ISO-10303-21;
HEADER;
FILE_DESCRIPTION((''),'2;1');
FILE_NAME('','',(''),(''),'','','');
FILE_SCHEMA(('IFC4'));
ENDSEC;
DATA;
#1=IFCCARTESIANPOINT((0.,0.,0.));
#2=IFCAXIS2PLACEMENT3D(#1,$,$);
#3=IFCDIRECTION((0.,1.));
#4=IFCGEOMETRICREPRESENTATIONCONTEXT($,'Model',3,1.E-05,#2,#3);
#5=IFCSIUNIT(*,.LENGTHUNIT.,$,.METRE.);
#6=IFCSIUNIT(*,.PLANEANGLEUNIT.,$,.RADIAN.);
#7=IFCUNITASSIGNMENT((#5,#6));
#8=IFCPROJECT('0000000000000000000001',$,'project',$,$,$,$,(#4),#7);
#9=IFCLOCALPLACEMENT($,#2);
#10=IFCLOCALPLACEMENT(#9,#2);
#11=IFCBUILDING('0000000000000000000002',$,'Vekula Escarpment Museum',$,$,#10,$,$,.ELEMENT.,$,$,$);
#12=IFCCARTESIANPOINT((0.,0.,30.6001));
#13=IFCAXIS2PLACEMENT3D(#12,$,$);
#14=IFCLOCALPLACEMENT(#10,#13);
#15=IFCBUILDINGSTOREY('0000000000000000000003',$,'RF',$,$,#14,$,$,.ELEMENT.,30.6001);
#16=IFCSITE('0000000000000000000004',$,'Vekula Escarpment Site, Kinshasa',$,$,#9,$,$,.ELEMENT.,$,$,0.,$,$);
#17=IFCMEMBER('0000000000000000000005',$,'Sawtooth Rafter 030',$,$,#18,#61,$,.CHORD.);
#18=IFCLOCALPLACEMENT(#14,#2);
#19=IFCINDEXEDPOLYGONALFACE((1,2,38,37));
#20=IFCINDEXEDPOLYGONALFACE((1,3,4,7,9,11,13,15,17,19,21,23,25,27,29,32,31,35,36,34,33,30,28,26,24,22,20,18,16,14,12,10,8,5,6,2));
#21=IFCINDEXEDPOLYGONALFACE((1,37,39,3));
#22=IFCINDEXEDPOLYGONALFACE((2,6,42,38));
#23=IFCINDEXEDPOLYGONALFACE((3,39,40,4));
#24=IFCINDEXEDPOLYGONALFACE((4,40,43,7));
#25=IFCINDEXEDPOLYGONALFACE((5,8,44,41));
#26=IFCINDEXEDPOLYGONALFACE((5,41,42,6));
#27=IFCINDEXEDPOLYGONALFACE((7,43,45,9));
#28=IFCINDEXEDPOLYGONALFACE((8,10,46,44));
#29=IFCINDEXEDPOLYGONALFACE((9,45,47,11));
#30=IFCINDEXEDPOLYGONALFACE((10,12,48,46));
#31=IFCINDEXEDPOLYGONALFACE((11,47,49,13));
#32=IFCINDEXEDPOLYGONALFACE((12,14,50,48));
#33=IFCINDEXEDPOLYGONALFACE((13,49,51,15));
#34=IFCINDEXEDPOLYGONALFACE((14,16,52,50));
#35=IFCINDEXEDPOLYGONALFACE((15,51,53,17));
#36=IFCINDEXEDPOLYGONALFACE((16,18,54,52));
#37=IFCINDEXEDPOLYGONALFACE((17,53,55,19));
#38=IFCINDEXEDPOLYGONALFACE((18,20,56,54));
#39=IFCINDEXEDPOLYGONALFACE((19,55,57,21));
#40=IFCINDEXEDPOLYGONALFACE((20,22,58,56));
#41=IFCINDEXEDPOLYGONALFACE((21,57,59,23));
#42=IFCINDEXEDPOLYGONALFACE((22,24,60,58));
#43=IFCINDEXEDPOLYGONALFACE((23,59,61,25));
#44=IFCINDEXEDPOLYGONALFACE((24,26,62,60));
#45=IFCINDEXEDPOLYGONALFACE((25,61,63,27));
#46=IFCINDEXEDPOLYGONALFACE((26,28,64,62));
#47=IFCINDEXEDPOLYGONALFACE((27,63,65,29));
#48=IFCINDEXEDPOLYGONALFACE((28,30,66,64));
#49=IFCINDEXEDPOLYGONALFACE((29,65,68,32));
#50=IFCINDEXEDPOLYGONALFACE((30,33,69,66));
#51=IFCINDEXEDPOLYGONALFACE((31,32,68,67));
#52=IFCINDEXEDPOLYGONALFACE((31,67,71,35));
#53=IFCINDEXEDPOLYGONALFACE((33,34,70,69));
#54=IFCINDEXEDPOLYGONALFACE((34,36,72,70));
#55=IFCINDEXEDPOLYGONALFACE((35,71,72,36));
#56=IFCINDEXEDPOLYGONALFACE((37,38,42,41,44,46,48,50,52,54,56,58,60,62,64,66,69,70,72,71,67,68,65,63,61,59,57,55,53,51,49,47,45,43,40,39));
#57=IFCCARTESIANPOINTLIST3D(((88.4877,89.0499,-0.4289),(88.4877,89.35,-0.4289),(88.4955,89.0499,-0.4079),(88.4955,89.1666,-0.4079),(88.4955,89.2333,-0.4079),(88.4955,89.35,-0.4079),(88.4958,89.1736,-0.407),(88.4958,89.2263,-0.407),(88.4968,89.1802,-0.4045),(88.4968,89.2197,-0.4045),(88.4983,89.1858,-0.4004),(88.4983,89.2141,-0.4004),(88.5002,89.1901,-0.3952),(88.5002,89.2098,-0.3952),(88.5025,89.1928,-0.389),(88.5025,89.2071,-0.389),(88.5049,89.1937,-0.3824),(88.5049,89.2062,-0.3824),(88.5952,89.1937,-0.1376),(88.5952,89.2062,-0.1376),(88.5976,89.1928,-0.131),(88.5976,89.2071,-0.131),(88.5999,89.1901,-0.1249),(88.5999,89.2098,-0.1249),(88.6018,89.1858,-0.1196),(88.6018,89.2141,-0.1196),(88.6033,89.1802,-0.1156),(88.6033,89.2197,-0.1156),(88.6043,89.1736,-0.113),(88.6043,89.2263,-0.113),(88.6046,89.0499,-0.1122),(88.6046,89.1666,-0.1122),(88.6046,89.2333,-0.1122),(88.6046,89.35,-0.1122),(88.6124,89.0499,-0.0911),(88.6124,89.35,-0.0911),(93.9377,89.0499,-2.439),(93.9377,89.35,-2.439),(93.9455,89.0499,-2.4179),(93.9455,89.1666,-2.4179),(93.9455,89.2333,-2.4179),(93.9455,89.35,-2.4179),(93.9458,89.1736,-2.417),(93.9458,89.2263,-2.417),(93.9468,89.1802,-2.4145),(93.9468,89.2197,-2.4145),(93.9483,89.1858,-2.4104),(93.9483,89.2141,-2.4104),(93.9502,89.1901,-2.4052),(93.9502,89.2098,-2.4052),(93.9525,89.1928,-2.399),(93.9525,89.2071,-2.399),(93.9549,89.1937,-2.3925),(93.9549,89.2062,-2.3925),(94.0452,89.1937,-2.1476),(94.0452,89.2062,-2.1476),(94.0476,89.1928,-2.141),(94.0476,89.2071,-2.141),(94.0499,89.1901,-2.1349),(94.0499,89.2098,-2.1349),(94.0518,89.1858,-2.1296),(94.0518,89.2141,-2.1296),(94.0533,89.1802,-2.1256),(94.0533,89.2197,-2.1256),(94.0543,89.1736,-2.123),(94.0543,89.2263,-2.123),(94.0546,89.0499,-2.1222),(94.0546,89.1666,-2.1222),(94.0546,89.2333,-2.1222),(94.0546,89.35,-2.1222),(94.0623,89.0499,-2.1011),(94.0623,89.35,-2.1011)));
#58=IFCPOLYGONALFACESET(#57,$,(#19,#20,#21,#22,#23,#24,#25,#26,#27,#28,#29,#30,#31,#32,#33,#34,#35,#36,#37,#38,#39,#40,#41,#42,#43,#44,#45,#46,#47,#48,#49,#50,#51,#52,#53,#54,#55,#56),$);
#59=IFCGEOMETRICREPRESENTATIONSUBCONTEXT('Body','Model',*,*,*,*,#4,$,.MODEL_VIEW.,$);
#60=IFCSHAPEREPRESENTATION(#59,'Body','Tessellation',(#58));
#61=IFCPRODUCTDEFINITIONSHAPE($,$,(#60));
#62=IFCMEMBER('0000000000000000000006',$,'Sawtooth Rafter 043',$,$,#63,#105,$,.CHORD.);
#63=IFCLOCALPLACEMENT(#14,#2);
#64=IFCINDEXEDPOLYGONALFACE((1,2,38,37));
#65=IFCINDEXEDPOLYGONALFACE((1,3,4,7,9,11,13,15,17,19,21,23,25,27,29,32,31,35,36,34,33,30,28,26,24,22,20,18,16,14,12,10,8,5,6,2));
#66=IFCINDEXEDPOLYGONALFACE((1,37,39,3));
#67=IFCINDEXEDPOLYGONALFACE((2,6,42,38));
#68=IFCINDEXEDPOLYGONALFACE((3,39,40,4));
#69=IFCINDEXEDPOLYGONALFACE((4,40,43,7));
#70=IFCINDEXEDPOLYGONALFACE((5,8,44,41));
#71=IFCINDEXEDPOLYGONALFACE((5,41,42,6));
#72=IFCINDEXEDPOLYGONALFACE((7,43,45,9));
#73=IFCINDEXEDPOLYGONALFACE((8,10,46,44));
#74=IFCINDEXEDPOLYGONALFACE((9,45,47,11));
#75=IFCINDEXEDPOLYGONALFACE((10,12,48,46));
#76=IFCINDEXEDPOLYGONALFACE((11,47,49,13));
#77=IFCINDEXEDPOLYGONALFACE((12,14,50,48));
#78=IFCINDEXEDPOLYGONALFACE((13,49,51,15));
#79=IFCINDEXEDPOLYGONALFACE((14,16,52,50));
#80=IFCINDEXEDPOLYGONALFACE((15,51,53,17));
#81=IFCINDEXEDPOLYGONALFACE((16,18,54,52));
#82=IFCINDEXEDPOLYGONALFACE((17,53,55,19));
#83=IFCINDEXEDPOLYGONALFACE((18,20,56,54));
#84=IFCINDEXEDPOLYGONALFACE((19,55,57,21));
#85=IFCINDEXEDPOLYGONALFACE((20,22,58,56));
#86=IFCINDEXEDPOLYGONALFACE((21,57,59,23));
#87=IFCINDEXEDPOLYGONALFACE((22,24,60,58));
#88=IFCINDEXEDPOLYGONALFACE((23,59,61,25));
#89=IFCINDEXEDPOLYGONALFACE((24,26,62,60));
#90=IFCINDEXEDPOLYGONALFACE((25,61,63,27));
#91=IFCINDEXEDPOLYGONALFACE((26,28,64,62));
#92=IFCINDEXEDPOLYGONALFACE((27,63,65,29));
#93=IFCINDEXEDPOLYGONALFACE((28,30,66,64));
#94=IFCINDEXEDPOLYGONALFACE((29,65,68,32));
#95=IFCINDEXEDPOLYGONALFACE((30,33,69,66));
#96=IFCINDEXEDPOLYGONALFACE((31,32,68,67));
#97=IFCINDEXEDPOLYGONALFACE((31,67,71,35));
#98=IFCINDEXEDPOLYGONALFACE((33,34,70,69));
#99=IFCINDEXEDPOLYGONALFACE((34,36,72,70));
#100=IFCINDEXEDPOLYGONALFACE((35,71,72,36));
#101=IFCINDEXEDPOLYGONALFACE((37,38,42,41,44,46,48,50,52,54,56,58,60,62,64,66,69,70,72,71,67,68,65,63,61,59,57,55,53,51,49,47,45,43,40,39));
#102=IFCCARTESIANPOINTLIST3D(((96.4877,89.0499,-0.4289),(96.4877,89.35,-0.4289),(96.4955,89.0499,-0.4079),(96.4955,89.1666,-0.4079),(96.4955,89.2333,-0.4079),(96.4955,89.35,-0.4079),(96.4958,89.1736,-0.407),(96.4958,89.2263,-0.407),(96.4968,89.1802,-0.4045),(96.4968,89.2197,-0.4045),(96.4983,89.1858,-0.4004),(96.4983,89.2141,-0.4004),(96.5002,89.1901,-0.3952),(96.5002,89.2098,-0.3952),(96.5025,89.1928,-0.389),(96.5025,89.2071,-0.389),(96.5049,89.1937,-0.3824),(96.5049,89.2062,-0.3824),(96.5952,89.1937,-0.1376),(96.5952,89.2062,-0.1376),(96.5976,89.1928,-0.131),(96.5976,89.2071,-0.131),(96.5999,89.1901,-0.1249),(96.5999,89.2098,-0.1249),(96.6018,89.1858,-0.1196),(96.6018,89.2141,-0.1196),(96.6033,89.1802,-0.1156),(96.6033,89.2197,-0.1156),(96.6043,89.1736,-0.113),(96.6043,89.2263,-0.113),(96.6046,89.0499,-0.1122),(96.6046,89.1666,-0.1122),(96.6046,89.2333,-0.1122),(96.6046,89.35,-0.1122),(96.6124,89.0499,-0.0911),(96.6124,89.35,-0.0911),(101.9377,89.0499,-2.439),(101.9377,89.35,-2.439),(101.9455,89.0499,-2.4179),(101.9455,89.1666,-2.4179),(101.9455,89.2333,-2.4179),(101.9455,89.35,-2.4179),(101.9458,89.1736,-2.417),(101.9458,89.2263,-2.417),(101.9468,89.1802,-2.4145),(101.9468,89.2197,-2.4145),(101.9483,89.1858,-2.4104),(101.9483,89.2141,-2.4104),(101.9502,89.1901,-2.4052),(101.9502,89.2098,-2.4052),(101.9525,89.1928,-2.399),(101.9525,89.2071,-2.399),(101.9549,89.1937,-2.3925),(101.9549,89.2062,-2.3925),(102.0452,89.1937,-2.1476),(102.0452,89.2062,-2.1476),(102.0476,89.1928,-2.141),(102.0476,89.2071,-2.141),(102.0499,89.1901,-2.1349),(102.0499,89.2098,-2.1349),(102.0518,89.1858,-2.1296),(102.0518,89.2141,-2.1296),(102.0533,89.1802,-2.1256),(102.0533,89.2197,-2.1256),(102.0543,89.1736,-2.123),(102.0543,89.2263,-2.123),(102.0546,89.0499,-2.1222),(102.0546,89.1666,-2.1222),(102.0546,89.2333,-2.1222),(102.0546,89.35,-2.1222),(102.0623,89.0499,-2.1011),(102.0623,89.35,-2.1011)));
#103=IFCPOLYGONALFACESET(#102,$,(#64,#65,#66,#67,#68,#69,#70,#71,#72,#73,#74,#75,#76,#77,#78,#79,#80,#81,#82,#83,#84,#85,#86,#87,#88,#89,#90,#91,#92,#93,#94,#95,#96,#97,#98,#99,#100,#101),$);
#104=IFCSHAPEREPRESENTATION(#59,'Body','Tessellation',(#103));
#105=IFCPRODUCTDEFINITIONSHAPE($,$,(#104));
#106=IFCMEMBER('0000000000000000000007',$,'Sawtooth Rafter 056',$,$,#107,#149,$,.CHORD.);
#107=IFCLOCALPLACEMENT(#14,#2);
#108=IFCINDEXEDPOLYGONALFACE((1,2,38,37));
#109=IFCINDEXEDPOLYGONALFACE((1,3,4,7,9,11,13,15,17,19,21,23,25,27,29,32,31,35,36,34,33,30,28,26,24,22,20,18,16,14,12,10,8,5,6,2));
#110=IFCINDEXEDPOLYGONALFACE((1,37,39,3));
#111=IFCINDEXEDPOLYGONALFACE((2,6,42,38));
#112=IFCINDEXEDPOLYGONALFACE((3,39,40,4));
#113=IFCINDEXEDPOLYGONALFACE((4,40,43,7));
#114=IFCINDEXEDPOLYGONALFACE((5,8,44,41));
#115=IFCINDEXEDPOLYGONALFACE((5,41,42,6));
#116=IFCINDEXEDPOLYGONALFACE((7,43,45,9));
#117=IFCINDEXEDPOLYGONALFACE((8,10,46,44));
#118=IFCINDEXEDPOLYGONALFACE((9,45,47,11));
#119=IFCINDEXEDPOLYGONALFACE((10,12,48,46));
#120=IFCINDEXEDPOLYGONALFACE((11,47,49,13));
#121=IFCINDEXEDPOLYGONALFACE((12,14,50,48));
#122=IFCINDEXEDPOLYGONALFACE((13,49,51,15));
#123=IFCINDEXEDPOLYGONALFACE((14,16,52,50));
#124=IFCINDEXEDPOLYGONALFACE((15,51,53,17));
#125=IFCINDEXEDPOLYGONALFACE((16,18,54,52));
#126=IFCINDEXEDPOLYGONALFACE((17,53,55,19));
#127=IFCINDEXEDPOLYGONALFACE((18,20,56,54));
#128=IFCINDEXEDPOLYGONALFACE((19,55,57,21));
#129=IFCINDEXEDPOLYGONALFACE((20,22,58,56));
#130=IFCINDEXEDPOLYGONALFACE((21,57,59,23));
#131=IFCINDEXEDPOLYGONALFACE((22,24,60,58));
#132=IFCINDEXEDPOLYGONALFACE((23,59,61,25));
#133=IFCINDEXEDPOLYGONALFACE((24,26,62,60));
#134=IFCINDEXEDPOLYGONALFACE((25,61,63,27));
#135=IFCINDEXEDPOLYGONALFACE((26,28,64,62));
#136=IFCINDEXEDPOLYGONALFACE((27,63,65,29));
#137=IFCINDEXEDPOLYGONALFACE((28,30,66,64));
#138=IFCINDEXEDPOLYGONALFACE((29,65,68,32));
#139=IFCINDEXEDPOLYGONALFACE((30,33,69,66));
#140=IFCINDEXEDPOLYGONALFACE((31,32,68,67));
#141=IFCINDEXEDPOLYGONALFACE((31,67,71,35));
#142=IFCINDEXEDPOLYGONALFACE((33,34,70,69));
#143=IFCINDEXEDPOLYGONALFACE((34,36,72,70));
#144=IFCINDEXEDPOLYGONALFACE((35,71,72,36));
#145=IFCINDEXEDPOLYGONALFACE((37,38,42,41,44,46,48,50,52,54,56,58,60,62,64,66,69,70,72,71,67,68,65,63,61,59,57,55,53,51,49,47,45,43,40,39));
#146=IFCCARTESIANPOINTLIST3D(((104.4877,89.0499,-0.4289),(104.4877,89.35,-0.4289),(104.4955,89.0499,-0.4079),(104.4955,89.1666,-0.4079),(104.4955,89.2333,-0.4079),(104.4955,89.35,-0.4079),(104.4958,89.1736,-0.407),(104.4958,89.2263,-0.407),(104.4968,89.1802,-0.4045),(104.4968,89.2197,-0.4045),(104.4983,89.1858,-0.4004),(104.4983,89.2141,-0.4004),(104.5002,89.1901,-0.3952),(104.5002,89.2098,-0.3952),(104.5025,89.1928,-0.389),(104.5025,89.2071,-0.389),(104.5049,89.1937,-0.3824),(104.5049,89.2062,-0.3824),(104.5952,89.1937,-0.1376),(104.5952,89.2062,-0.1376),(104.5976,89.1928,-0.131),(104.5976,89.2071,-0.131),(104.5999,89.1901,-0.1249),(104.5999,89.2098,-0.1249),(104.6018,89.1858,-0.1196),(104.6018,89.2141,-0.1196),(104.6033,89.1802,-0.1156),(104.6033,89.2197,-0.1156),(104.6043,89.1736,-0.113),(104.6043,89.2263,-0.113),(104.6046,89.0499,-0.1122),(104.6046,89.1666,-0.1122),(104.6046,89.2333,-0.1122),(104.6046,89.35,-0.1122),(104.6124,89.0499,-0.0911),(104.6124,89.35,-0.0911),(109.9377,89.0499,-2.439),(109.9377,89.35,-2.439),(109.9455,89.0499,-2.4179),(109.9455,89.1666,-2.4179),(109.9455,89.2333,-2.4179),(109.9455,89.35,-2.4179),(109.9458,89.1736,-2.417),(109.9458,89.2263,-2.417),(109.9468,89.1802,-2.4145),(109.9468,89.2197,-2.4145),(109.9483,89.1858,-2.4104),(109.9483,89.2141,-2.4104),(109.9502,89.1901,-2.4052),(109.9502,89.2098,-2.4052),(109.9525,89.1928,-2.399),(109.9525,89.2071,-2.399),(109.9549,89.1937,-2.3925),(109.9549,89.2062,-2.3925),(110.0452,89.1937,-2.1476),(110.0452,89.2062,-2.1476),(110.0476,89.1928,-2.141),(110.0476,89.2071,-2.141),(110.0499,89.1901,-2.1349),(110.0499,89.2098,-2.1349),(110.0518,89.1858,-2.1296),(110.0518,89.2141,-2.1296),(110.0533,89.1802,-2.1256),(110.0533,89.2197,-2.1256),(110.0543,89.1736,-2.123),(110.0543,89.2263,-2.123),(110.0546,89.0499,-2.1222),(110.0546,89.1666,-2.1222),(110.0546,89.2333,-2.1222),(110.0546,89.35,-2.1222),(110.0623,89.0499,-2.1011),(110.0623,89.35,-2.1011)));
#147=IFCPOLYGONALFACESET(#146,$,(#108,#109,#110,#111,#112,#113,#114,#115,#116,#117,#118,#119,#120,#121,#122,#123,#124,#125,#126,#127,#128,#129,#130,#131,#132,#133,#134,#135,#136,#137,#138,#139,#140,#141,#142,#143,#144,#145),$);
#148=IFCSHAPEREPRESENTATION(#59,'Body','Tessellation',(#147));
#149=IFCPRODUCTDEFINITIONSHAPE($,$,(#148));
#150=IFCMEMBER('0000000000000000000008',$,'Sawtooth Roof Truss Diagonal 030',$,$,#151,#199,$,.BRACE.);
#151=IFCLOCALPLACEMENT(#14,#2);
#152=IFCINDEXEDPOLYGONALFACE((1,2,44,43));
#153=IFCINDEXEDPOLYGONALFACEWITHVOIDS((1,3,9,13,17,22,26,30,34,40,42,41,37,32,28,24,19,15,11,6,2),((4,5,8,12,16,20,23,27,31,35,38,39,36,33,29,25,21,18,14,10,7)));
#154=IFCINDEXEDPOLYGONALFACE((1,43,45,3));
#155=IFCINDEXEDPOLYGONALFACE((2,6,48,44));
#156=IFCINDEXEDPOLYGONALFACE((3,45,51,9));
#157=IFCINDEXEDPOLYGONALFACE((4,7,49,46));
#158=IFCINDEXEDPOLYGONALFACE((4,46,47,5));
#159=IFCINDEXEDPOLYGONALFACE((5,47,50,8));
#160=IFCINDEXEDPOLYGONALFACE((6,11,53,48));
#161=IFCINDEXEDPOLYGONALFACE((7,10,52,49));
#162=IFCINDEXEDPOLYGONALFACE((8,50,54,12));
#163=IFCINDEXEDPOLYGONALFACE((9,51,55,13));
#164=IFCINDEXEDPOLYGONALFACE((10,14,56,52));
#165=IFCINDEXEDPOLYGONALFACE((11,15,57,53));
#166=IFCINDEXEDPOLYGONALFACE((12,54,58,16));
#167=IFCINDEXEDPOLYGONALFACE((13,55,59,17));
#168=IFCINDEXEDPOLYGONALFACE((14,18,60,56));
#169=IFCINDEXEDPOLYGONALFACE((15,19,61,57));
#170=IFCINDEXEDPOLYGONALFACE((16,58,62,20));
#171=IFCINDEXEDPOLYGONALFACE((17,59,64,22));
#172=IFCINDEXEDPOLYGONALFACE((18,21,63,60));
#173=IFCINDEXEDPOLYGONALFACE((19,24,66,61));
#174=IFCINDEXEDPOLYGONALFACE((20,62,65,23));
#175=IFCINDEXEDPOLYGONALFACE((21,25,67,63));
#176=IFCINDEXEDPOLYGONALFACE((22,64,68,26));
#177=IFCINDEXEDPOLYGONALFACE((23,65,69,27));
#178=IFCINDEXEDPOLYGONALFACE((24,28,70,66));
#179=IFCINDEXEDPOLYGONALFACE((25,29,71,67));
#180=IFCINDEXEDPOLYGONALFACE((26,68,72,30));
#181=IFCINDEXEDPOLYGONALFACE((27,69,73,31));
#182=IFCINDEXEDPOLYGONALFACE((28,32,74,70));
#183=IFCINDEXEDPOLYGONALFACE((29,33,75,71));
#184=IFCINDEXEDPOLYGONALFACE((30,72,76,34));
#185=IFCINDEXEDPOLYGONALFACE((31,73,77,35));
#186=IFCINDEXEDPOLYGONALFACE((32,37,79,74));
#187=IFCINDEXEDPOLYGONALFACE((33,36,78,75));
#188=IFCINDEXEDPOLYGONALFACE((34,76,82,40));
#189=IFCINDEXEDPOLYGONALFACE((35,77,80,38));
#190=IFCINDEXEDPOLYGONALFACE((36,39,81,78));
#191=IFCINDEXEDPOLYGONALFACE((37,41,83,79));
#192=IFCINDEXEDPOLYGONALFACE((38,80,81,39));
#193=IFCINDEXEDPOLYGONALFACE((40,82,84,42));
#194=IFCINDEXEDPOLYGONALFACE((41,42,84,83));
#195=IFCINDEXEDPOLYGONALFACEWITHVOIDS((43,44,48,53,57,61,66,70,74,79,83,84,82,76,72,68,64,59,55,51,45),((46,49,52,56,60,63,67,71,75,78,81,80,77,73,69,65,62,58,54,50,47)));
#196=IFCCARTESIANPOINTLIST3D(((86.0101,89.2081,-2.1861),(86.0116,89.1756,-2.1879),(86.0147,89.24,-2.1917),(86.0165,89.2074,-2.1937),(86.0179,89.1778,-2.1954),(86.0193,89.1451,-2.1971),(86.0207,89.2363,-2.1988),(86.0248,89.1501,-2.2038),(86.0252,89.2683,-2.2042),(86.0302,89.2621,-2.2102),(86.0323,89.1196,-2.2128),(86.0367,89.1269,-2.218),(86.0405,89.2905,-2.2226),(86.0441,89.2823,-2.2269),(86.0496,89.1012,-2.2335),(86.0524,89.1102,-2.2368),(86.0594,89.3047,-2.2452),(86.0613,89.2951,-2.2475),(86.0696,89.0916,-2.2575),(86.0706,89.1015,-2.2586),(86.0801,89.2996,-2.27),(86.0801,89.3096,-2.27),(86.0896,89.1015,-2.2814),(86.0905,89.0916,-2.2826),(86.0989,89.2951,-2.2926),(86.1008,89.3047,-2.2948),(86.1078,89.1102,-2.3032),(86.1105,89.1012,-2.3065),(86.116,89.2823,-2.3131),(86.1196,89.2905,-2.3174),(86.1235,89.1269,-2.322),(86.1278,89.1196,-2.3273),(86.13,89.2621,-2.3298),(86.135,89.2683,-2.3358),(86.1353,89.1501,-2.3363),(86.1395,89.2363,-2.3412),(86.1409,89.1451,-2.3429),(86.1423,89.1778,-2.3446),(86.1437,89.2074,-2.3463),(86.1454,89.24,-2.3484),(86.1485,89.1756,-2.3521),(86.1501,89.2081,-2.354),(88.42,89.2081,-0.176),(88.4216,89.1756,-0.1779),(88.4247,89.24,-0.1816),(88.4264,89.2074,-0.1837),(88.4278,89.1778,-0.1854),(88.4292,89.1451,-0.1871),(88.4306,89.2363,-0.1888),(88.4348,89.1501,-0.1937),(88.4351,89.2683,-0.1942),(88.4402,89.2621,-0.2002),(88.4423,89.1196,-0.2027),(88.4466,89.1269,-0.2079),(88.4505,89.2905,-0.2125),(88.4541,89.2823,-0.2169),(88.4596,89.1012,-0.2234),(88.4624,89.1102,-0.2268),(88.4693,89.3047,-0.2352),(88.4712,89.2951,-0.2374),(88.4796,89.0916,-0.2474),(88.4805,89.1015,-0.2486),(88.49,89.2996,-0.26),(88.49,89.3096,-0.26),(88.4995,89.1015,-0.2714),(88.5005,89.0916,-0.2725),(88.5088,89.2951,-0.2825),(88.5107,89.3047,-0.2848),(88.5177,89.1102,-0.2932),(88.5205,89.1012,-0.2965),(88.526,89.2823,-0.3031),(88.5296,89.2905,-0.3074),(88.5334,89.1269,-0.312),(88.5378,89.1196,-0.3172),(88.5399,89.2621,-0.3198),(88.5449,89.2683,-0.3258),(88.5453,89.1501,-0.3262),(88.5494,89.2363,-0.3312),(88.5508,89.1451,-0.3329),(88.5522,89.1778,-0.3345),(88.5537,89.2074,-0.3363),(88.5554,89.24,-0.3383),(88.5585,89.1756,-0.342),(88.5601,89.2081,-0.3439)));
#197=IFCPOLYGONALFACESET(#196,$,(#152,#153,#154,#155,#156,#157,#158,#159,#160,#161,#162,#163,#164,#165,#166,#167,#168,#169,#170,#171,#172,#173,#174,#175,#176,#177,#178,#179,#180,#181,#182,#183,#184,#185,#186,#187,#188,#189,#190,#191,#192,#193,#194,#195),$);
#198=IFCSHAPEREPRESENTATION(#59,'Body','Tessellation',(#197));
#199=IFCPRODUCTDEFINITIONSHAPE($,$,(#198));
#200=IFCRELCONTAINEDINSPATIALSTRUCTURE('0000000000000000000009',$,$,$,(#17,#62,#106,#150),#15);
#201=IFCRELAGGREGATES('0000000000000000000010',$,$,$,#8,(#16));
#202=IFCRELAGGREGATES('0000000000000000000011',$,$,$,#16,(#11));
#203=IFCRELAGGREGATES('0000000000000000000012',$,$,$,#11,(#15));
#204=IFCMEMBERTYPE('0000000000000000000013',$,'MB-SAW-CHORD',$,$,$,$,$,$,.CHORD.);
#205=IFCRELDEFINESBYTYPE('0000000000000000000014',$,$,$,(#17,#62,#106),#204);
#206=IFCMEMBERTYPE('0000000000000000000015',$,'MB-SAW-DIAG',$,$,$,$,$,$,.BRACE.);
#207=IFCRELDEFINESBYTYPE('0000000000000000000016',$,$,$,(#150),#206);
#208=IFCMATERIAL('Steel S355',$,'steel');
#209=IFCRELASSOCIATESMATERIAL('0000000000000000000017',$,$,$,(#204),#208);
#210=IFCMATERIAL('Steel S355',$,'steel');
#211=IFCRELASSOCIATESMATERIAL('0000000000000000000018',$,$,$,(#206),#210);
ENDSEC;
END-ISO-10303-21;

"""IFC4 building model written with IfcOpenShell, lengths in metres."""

from ifc_helpers import new_model, si_unit, direction, frame, origin, origin_2d, place, context, subcontext, project, spatial, hollow_circle, i_section, extrude, material, material_profile, profile_set, type_object, element, save


model = new_model("IFC4")

# Units and contexts
model_context = context("Model", 3, precision=1e-05, world=origin(), true_north=direction((0.0, 1.0)))
body_context = subcontext(model_context, "Body", "Model", "MODEL_VIEW")
ifc_project = project(units=[si_unit("LENGTHUNIT", "METRE"), si_unit("PLANEANGLEUNIT", "RADIAN")], contexts=[model_context])

# Site, building, storey
site_placement = place(None, origin())
site = spatial("IfcSite", under=ifc_project, at=site_placement, Name="Vekula Escarpment Site, Kinshasa", CompositionType="ELEMENT", RefElevation=0.0)
building_placement = place(site_placement, origin())
building = spatial("IfcBuilding", under=site, at=building_placement, Name="Vekula Escarpment Museum", CompositionType="ELEMENT")
storey_placement = place(building_placement, frame((0.0, 0.0, 30.6001)))
storey = spatial("IfcBuildingStorey", under=building, at=storey_placement, Name="RF", CompositionType="ELEMENT", Elevation=30.6001)

# Members
ifc_material_1 = material(Name="Steel S355", Category="steel")
ifc_material_profile_1 = material_profile(ifc_material_1, i_section(OverallWidth=0.3, OverallDepth=0.3601, WebThickness=0.0125, FlangeThickness=0.0225, FilletRadius=0.0271, at=origin_2d()), Name="HEB 360")
ifc_profile_set_1 = profile_set([ifc_material_profile_1], Name="Steel S355")
member_type_1 = type_object("IfcMemberType", Name="MB-SAW-CHORD", PredefinedType="CHORD", material=ifc_profile_set_1)
for number, where, z_axis, x_axis, name in (
    (1, (88.55, 89.2, -0.26), (0.938224, 0.0, -0.346029), (0.0, 1.0, 0.0), "Sawtooth Rafter 030"),
    (2, (96.55, 89.2, -0.26), (0.938224, 0.0, -0.346029), (0.0, 1.0, 0.0), "Sawtooth Rafter 043"),
    (3, (104.55, 89.2, -0.26), (0.938224, 0.0, -0.346029), (0.0, 1.0, 0.0), "Sawtooth Rafter 056"),
):
    element("IfcMember", number, at=place(storey_placement, frame(where, z_axis=z_axis, x_axis=x_axis)), inside=storey, type_object=member_type_1, Name=name, PredefinedType="CHORD", context=body_context, shape_type="SweptSolid", body=[
        extrude(i_section(OverallWidth=0.3, OverallDepth=0.3601, WebThickness=0.0125, FlangeThickness=0.0225, FilletRadius=0.0271, at=origin_2d()), origin(), (0.0, 0.0, 1.0), 5.8088),
    ])
ifc_material_2 = material(Name="Steel S355", Category="steel")
ifc_material_profile_2 = material_profile(ifc_material_2, hollow_circle(Radius=0.1096, WallThickness=0.01, at=origin_2d()), Name="CHS 219.1x10")
ifc_profile_set_2 = profile_set([ifc_material_profile_2], Name="Steel S355")
member_type_2 = type_object("IfcMemberType", Name="MB-SAW-DIAG", PredefinedType="BRACE", material=ifc_profile_set_2)
for number, where, z_axis, x_axis, name in (
    (4, (86.0801, 89.2, -2.27), (0.767947, 0.0, 0.640513), (0.0, 1.0, 0.0), "Sawtooth Roof Truss Diagonal 030"),
):
    element("IfcMember", number, at=place(storey_placement, frame(where, z_axis=z_axis, x_axis=x_axis)), inside=storey, type_object=member_type_2, Name=name, PredefinedType="BRACE", context=body_context, shape_type="SweptSolid", body=[
        extrude(hollow_circle(Radius=0.1096, WallThickness=0.01, at=origin_2d()), origin(), (0.0, 0.0, 1.0), 3.1382),
    ])

save(model, "model.ifc")
